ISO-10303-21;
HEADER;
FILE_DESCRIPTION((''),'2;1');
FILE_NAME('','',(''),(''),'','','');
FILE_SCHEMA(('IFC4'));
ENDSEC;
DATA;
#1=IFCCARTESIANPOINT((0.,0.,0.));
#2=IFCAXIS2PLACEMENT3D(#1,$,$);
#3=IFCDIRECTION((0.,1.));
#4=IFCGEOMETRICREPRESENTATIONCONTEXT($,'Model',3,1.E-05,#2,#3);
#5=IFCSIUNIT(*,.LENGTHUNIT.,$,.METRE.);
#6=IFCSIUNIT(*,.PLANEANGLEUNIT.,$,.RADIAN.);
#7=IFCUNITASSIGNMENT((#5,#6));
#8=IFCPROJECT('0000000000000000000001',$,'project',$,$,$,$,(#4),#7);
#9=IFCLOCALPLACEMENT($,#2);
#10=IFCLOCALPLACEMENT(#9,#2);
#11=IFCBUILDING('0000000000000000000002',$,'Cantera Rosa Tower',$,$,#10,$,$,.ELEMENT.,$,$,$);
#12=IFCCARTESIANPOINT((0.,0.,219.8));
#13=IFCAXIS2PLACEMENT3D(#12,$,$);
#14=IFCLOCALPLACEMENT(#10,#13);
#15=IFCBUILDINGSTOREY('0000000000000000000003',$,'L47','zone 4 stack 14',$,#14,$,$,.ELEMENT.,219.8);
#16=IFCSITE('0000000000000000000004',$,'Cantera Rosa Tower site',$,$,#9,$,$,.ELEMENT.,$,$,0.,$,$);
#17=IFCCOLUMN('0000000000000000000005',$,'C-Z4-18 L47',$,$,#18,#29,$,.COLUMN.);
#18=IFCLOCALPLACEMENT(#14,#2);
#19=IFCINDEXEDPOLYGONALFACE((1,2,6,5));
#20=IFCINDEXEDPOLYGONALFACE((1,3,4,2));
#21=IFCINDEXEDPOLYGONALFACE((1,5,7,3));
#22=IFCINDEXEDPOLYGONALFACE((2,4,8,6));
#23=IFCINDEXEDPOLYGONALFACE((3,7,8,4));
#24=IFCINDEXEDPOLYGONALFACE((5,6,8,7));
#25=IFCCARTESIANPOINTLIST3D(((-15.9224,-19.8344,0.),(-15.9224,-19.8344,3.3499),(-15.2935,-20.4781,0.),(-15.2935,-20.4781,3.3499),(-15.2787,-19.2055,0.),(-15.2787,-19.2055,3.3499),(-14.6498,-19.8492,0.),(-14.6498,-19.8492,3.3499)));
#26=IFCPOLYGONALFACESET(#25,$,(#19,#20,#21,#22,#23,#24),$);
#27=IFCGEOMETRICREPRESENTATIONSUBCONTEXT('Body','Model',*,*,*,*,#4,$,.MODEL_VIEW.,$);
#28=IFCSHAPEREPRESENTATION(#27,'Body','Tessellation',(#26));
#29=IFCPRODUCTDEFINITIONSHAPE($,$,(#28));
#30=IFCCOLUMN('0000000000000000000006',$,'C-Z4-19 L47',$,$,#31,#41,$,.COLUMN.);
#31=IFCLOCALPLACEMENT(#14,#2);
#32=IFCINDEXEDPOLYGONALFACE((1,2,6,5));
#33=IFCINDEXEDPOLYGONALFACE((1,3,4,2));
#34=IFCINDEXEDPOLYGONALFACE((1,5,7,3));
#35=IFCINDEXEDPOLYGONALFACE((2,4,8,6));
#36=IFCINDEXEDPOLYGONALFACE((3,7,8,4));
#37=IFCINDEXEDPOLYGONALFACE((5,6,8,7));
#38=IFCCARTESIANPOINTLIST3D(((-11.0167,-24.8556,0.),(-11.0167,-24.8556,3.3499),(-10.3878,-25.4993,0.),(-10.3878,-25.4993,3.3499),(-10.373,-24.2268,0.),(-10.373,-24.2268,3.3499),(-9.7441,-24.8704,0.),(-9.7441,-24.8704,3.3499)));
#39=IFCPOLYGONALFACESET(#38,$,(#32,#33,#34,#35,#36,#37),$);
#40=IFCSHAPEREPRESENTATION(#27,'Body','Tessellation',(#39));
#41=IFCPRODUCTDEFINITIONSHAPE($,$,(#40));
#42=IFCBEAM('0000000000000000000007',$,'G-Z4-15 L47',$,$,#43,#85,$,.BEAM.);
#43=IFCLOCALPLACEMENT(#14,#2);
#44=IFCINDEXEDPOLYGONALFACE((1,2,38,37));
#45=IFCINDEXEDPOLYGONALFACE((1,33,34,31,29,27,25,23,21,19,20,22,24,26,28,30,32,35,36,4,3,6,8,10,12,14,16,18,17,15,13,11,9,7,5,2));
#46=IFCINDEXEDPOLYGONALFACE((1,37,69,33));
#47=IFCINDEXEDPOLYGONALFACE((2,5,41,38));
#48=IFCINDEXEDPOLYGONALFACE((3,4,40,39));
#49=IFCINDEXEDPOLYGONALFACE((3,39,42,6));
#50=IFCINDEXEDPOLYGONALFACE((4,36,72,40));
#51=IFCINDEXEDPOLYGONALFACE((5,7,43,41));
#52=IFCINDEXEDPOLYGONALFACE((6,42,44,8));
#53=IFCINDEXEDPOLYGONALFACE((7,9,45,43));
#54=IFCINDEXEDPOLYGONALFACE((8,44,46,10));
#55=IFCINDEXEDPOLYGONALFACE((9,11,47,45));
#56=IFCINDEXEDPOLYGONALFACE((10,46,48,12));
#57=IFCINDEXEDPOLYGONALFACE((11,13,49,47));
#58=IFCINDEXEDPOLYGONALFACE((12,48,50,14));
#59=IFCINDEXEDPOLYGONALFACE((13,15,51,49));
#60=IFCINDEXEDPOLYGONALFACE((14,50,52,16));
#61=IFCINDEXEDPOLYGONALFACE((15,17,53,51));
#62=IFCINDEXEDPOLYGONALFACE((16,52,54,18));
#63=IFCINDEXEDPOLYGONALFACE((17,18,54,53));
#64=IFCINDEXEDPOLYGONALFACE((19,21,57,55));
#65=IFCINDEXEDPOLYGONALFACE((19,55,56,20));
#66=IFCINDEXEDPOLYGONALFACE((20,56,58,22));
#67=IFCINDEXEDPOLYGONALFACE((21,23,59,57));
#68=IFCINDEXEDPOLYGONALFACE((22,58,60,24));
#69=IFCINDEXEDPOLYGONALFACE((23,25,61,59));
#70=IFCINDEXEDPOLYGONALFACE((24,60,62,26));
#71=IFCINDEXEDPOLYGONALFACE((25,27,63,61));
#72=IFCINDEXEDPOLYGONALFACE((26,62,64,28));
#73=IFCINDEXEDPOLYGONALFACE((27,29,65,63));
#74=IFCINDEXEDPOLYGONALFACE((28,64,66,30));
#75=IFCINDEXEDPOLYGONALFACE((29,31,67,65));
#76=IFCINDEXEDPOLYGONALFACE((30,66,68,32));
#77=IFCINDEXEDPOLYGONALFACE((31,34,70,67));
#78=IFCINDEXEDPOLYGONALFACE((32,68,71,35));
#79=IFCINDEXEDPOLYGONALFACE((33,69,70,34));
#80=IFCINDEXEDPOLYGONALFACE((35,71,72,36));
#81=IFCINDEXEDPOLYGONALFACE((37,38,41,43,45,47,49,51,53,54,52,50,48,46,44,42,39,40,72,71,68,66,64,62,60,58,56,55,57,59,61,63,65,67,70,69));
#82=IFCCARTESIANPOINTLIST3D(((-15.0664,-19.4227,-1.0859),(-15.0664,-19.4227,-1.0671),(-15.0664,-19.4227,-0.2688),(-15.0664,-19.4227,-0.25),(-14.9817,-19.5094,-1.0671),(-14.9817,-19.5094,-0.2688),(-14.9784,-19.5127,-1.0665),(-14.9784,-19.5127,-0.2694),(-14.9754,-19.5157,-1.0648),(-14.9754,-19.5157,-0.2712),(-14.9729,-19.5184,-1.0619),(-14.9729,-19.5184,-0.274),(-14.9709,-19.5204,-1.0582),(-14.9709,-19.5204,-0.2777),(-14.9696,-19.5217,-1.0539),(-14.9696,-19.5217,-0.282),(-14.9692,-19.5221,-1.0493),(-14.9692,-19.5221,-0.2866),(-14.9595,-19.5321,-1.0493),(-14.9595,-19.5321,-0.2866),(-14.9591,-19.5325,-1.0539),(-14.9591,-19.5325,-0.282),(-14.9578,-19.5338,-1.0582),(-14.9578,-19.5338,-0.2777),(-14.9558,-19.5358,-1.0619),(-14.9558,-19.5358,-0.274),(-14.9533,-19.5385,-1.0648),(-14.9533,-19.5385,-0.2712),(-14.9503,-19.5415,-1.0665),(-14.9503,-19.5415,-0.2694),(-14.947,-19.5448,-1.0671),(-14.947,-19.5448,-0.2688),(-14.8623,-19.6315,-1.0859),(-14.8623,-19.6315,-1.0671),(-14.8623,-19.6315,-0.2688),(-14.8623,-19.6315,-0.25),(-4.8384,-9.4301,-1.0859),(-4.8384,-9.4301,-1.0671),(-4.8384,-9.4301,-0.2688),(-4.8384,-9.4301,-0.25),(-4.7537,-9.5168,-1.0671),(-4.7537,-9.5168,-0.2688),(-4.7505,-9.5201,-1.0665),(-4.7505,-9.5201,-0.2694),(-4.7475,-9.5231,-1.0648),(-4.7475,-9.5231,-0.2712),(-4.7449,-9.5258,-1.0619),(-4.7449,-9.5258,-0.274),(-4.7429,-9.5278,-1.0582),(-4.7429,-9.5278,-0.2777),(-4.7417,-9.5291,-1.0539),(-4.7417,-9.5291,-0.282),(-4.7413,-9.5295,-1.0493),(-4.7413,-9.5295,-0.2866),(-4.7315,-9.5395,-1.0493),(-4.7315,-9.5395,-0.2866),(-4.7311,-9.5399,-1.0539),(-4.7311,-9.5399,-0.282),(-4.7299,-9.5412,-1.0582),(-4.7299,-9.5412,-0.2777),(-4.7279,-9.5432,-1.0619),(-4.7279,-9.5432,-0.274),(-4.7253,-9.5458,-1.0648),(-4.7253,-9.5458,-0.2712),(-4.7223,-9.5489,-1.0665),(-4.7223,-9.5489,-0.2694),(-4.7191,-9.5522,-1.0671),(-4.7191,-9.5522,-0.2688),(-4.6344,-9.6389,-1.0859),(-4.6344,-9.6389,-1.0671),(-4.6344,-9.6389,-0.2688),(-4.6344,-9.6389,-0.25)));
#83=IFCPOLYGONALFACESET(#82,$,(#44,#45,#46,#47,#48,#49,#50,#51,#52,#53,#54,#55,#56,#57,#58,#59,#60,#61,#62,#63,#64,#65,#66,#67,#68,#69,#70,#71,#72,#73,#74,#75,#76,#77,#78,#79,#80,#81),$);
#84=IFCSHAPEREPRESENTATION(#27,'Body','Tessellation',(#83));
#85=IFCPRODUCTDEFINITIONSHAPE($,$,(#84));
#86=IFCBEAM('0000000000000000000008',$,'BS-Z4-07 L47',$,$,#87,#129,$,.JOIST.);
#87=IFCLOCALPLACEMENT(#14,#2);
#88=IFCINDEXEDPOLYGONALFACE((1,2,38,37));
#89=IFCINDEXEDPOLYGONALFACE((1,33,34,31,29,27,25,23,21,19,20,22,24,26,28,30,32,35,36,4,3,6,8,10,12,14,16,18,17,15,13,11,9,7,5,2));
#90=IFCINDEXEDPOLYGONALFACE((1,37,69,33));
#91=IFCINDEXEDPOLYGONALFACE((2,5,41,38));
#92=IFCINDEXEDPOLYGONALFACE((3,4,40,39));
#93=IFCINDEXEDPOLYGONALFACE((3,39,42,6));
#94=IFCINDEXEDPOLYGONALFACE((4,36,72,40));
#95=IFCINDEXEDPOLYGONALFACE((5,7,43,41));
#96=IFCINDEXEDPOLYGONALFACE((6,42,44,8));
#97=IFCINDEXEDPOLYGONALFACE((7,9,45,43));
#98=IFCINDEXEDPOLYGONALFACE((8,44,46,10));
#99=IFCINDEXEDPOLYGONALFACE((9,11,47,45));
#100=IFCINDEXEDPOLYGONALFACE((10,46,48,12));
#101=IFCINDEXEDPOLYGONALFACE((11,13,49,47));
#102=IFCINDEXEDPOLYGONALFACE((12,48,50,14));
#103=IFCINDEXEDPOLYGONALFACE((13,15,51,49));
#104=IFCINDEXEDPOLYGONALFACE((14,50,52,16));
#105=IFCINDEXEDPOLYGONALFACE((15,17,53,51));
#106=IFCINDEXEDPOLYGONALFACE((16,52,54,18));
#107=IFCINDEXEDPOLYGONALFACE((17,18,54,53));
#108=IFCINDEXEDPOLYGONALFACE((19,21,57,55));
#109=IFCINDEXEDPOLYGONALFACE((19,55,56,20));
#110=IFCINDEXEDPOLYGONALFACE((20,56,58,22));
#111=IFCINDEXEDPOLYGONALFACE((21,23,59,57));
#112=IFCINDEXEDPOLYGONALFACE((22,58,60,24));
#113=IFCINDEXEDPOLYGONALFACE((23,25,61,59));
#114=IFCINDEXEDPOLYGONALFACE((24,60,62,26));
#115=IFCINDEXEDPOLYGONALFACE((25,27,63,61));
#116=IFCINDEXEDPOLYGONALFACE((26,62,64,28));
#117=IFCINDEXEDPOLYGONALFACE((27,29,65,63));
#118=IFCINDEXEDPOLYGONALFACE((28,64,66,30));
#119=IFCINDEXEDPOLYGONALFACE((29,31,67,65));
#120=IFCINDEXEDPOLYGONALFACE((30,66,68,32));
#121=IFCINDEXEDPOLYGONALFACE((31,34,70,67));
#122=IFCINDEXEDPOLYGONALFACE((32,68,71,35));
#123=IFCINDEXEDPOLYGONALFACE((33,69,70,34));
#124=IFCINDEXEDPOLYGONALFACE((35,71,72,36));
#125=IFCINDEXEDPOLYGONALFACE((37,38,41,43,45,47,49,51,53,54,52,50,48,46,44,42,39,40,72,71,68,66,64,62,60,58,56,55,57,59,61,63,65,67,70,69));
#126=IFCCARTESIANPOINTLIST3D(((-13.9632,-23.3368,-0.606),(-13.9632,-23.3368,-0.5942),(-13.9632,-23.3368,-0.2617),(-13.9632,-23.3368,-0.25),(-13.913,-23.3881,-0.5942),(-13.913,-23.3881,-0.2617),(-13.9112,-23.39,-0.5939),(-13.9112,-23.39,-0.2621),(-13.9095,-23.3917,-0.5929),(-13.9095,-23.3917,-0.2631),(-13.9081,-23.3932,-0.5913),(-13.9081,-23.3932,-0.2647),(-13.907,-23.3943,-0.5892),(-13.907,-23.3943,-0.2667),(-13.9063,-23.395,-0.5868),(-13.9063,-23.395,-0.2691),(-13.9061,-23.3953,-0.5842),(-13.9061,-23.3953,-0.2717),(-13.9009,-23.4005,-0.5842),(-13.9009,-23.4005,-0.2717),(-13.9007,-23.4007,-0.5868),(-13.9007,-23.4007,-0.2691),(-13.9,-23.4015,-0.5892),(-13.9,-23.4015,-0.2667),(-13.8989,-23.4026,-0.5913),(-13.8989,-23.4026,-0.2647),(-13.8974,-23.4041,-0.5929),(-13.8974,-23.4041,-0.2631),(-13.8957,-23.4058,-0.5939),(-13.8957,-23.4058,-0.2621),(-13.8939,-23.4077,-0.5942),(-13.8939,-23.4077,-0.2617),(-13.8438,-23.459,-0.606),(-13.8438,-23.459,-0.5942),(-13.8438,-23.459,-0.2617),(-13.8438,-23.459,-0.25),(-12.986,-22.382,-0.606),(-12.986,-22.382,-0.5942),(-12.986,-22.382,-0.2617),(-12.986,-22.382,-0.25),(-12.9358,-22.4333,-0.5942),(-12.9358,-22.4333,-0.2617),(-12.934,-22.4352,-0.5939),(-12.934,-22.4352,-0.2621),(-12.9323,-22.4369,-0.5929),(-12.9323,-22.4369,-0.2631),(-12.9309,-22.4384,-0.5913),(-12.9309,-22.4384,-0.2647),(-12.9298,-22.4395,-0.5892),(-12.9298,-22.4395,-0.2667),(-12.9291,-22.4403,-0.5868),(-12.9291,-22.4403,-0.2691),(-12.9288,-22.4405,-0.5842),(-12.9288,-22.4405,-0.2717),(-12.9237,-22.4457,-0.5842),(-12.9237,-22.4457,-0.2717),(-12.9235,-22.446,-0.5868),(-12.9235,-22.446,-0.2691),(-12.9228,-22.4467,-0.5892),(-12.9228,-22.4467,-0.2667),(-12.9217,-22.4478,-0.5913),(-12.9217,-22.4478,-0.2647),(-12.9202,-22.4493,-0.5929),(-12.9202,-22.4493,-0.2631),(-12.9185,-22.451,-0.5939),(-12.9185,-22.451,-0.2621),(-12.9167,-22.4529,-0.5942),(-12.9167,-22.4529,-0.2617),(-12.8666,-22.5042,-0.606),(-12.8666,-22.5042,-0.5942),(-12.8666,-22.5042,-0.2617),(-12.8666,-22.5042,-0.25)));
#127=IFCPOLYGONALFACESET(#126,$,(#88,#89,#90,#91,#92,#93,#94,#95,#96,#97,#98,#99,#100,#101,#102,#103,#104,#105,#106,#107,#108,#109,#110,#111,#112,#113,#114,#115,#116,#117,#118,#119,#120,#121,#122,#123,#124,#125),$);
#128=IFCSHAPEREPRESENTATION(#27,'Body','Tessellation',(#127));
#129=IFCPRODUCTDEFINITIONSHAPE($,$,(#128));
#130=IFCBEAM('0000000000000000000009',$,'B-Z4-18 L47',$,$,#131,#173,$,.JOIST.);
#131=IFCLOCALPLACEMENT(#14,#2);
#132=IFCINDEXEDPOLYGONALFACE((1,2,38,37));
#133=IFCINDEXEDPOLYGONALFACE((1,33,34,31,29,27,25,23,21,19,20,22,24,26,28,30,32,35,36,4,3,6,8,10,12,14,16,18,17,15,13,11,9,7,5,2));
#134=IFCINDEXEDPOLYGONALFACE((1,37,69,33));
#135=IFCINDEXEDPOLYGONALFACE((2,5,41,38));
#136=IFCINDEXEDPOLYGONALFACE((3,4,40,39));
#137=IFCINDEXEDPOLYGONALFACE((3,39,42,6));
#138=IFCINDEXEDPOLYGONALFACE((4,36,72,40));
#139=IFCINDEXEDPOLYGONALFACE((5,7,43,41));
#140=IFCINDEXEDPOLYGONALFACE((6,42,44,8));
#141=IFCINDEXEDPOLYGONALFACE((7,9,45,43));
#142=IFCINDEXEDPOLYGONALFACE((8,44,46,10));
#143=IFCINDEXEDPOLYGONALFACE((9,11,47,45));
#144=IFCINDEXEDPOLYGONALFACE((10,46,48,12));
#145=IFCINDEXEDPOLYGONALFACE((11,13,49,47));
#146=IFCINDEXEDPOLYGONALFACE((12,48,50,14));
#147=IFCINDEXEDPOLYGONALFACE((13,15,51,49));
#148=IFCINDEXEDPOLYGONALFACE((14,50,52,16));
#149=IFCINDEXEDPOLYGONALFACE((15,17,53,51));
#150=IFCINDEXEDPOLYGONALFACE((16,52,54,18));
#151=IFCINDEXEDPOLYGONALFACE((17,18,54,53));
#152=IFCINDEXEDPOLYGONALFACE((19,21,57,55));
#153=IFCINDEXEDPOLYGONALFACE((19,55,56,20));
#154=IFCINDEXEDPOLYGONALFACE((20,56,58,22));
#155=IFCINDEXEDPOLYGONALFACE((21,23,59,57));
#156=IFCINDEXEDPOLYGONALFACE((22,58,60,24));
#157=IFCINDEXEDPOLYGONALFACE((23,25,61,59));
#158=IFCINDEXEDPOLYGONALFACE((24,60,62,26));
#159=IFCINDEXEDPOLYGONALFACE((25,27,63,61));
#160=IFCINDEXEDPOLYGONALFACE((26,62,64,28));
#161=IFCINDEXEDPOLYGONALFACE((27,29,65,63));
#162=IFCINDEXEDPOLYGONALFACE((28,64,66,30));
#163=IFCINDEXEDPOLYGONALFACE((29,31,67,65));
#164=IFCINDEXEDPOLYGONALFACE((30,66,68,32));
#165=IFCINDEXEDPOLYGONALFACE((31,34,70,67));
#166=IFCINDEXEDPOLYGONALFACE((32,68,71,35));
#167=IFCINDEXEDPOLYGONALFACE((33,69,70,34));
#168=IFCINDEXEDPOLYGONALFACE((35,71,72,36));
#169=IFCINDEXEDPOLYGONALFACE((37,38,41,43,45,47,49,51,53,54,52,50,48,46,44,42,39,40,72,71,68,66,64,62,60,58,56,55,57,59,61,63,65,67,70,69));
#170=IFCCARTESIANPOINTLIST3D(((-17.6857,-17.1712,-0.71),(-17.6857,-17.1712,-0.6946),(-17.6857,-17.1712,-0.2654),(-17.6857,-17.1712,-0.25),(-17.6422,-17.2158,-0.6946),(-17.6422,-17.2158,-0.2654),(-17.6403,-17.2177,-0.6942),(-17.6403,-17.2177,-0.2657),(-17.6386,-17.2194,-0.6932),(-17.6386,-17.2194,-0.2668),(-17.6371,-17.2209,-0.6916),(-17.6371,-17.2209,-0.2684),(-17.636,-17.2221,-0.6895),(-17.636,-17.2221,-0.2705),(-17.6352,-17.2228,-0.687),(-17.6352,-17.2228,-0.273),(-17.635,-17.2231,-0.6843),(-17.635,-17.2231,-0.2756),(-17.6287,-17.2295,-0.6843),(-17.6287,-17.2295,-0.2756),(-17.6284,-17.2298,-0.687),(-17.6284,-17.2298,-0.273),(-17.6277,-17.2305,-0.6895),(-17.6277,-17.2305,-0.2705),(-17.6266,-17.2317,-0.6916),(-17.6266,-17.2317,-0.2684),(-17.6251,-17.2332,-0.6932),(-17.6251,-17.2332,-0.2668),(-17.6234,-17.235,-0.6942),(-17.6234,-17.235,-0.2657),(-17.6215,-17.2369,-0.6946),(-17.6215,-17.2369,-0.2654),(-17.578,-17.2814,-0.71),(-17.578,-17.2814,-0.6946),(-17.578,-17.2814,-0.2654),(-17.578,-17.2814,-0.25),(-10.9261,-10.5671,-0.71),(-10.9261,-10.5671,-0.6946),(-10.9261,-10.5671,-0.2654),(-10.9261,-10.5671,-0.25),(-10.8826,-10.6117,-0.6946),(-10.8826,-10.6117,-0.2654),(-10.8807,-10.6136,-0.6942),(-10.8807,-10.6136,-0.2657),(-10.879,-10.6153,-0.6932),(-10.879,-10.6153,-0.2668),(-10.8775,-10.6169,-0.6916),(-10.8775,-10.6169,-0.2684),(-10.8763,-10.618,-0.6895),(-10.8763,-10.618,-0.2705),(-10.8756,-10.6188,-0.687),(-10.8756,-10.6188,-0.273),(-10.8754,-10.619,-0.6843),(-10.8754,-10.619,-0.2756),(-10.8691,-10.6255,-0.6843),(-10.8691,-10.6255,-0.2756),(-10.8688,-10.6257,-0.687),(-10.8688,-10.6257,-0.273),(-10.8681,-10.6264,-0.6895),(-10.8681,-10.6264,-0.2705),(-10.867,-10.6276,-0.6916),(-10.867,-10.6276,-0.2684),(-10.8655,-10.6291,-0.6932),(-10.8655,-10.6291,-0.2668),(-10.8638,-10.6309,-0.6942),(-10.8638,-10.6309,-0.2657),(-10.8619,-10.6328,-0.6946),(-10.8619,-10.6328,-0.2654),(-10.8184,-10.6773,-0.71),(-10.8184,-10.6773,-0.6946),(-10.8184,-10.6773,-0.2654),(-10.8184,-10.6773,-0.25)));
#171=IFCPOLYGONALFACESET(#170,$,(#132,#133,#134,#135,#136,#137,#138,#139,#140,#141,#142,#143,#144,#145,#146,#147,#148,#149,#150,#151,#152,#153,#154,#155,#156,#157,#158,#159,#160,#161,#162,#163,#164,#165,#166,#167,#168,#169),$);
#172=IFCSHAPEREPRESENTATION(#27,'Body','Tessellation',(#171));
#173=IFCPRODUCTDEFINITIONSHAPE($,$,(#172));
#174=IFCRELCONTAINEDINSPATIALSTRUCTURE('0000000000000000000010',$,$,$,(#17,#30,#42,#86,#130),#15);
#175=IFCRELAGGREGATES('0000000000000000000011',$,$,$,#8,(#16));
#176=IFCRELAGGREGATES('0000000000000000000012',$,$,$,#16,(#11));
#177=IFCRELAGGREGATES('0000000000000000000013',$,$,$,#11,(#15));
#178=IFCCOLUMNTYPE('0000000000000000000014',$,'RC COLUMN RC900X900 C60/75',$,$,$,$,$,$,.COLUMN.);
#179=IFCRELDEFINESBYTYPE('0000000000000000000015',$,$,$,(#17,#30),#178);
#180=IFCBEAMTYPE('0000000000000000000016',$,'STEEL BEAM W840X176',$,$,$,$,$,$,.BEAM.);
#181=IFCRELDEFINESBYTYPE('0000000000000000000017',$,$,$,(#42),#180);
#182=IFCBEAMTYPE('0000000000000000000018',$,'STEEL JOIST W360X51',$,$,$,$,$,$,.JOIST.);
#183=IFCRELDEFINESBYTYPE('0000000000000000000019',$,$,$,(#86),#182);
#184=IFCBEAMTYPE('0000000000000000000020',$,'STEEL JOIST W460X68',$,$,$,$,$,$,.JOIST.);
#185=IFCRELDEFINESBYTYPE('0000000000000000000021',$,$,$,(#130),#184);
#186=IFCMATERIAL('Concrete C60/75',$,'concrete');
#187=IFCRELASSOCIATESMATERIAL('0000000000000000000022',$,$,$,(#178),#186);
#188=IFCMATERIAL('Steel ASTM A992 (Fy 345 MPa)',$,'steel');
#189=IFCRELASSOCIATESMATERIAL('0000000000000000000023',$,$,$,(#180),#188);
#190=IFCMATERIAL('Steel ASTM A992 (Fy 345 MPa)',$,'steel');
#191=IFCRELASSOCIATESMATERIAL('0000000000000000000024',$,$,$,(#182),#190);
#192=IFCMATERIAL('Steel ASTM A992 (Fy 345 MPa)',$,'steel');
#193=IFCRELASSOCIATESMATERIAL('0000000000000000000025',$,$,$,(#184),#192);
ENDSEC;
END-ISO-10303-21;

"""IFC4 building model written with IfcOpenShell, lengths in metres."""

from ifc_helpers import new_model, si_unit, direction, frame, origin, origin_2d, place, context, subcontext, project, spatial, rectangle, i_section, extrude, material, material_profile, profile_set, type_object, element, save


model = new_model("IFC4")

# Units and contexts
model_context = context("Model", 3, precision=1e-05, world=origin(), true_north=direction((0.0, 1.0)))
body_context = subcontext(model_context, "Body", "Model", "MODEL_VIEW")
ifc_project = project(units=[si_unit("LENGTHUNIT", "METRE"), si_unit("PLANEANGLEUNIT", "RADIAN")], contexts=[model_context])

# Site, building, storey
site_placement = place(None, origin())
site = spatial("IfcSite", under=ifc_project, at=site_placement, Name="Cantera Rosa Tower site", CompositionType="ELEMENT", RefElevation=0.0)
building_placement = place(site_placement, origin())
building = spatial("IfcBuilding", under=site, at=building_placement, Name="Cantera Rosa Tower", CompositionType="ELEMENT")
storey_placement = place(building_placement, frame((0.0, 0.0, 219.8)))
storey = spatial("IfcBuildingStorey", under=building, at=storey_placement, Name="L47", Description="zone 4 stack 14", CompositionType="ELEMENT", Elevation=219.8)

# Columns
ifc_material_1 = material(Name="Concrete C60/75", Category="concrete")
ifc_material_profile_1 = material_profile(ifc_material_1, rectangle(XDim=0.8999, YDim=0.8999, at=origin_2d()), Name="RC COLUMN RC900X900 C60/75")
ifc_profile_set_1 = profile_set([ifc_material_profile_1], Name="Concrete C60/75")
column_type = type_object("IfcColumnType", Name="RC COLUMN RC900X900 C60/75", PredefinedType="COLUMN", material=ifc_profile_set_1)
for number, where, z_axis, x_axis, name in (
    (1, (-15.2861, -19.8418, 0.0), (0.0, 0.0, 1.0), (0.715286, 0.698832, 0.0), "C-Z4-18 L47"),
    (2, (-10.3804, -24.863, 0.0), (0.0, 0.0, 1.0), (0.715286, 0.698832, 0.0), "C-Z4-19 L47"),
):
    element("IfcColumn", number, at=place(storey_placement, frame(where, z_axis=z_axis, x_axis=x_axis)), inside=storey, type_object=column_type, Name=name, PredefinedType="COLUMN", context=body_context, shape_type="SweptSolid", body=[
        extrude(rectangle(XDim=0.8999, YDim=0.8999, at=origin_2d()), origin(), (0.0, 0.0, 1.0), 3.3499),
    ])

# Beams
ifc_material_2 = material(Name="Steel ASTM A992 (Fy 345 MPa)", Category="steel")
ifc_material_profile_2 = material_profile(ifc_material_2, i_section(OverallWidth=0.292, OverallDepth=0.8359, WebThickness=0.0139, FlangeThickness=0.0188, FilletRadius=0.0178, at=origin_2d()), Name="W840X176")
ifc_profile_set_2 = profile_set([ifc_material_profile_2], Name="Steel ASTM A992 (Fy 345 MPa)")
beam_type_1 = type_object("IfcBeamType", Name="STEEL BEAM W840X176", PredefinedType="BEAM", material=ifc_profile_set_2)
beam_1_placement = place(storey_placement, frame((-14.9644, -19.5271, -0.668), z_axis=(0.715288, 0.698829, 0.0), x_axis=(-0.698829, 0.715288, 0.0)))
element("IfcBeam", 3, at=beam_1_placement, inside=storey, type_object=beam_type_1, Name="G-Z4-15 L47", PredefinedType="BEAM", context=body_context, shape_type="SweptSolid", body=[
    extrude(i_section(OverallWidth=0.292, OverallDepth=0.8359, WebThickness=0.0139, FlangeThickness=0.0188, FilletRadius=0.0178, at=origin_2d()), origin(), (0.0, 0.0, 1.0), 14.2991),
])
ifc_material_3 = material(Name="Steel ASTM A992 (Fy 345 MPa)", Category="steel")
ifc_material_profile_3 = material_profile(ifc_material_3, i_section(OverallWidth=0.1709, OverallDepth=0.356, WebThickness=0.0073, FlangeThickness=0.0117, FilletRadius=0.01, at=origin_2d()), Name="W360X51")
ifc_profile_set_3 = profile_set([ifc_material_profile_3], Name="Steel ASTM A992 (Fy 345 MPa)")
beam_type_2 = type_object("IfcBeamType", Name="STEEL JOIST W360X51", PredefinedType="JOIST", material=ifc_profile_set_3)
beam_2_placement = place(storey_placement, frame((-12.9263, -22.4431, -0.428), z_axis=(-0.715279, -0.698839, 0.0), x_axis=(0.698839, -0.715279, 0.0)))
element("IfcBeam", 4, at=beam_2_placement, inside=storey, type_object=beam_type_2, Name="BS-Z4-07 L47", PredefinedType="JOIST", context=body_context, shape_type="SweptSolid", body=[
    extrude(i_section(OverallWidth=0.1709, OverallDepth=0.356, WebThickness=0.0073, FlangeThickness=0.0117, FilletRadius=0.01, at=origin_2d()), origin(), (0.0, 0.0, 1.0), 1.3662),
])
ifc_material_4 = material(Name="Steel ASTM A992 (Fy 345 MPa)", Category="steel")
ifc_material_profile_4 = material_profile(ifc_material_4, i_section(OverallWidth=0.1541, OverallDepth=0.46, WebThickness=0.009, FlangeThickness=0.0154, FilletRadius=0.0103, at=origin_2d()), Name="W460X68")
ifc_profile_set_4 = profile_set([ifc_material_profile_4], Name="Steel ASTM A992 (Fy 345 MPa)")
beam_type_3 = type_object("IfcBeamType", Name="STEEL JOIST W460X68", PredefinedType="JOIST", material=ifc_profile_set_4)
for number, where, z_axis, x_axis, name in (
    (5, (-17.6318, -17.2263, -0.48), (0.715287, 0.698831, 0.0), (-0.698831, 0.715287, 0.0), "B-Z4-18 L47"),
):
    element("IfcBeam", number, at=place(storey_placement, frame(where, z_axis=z_axis, x_axis=x_axis)), inside=storey, type_object=beam_type_3, Name=name, PredefinedType="JOIST", context=body_context, shape_type="SweptSolid", body=[
        extrude(i_section(OverallWidth=0.1541, OverallDepth=0.46, WebThickness=0.009, FlangeThickness=0.0154, FilletRadius=0.0103, at=origin_2d()), origin(), (0.0, 0.0, 1.0), 9.4502),
    ])

save(model, "model.ifc")
